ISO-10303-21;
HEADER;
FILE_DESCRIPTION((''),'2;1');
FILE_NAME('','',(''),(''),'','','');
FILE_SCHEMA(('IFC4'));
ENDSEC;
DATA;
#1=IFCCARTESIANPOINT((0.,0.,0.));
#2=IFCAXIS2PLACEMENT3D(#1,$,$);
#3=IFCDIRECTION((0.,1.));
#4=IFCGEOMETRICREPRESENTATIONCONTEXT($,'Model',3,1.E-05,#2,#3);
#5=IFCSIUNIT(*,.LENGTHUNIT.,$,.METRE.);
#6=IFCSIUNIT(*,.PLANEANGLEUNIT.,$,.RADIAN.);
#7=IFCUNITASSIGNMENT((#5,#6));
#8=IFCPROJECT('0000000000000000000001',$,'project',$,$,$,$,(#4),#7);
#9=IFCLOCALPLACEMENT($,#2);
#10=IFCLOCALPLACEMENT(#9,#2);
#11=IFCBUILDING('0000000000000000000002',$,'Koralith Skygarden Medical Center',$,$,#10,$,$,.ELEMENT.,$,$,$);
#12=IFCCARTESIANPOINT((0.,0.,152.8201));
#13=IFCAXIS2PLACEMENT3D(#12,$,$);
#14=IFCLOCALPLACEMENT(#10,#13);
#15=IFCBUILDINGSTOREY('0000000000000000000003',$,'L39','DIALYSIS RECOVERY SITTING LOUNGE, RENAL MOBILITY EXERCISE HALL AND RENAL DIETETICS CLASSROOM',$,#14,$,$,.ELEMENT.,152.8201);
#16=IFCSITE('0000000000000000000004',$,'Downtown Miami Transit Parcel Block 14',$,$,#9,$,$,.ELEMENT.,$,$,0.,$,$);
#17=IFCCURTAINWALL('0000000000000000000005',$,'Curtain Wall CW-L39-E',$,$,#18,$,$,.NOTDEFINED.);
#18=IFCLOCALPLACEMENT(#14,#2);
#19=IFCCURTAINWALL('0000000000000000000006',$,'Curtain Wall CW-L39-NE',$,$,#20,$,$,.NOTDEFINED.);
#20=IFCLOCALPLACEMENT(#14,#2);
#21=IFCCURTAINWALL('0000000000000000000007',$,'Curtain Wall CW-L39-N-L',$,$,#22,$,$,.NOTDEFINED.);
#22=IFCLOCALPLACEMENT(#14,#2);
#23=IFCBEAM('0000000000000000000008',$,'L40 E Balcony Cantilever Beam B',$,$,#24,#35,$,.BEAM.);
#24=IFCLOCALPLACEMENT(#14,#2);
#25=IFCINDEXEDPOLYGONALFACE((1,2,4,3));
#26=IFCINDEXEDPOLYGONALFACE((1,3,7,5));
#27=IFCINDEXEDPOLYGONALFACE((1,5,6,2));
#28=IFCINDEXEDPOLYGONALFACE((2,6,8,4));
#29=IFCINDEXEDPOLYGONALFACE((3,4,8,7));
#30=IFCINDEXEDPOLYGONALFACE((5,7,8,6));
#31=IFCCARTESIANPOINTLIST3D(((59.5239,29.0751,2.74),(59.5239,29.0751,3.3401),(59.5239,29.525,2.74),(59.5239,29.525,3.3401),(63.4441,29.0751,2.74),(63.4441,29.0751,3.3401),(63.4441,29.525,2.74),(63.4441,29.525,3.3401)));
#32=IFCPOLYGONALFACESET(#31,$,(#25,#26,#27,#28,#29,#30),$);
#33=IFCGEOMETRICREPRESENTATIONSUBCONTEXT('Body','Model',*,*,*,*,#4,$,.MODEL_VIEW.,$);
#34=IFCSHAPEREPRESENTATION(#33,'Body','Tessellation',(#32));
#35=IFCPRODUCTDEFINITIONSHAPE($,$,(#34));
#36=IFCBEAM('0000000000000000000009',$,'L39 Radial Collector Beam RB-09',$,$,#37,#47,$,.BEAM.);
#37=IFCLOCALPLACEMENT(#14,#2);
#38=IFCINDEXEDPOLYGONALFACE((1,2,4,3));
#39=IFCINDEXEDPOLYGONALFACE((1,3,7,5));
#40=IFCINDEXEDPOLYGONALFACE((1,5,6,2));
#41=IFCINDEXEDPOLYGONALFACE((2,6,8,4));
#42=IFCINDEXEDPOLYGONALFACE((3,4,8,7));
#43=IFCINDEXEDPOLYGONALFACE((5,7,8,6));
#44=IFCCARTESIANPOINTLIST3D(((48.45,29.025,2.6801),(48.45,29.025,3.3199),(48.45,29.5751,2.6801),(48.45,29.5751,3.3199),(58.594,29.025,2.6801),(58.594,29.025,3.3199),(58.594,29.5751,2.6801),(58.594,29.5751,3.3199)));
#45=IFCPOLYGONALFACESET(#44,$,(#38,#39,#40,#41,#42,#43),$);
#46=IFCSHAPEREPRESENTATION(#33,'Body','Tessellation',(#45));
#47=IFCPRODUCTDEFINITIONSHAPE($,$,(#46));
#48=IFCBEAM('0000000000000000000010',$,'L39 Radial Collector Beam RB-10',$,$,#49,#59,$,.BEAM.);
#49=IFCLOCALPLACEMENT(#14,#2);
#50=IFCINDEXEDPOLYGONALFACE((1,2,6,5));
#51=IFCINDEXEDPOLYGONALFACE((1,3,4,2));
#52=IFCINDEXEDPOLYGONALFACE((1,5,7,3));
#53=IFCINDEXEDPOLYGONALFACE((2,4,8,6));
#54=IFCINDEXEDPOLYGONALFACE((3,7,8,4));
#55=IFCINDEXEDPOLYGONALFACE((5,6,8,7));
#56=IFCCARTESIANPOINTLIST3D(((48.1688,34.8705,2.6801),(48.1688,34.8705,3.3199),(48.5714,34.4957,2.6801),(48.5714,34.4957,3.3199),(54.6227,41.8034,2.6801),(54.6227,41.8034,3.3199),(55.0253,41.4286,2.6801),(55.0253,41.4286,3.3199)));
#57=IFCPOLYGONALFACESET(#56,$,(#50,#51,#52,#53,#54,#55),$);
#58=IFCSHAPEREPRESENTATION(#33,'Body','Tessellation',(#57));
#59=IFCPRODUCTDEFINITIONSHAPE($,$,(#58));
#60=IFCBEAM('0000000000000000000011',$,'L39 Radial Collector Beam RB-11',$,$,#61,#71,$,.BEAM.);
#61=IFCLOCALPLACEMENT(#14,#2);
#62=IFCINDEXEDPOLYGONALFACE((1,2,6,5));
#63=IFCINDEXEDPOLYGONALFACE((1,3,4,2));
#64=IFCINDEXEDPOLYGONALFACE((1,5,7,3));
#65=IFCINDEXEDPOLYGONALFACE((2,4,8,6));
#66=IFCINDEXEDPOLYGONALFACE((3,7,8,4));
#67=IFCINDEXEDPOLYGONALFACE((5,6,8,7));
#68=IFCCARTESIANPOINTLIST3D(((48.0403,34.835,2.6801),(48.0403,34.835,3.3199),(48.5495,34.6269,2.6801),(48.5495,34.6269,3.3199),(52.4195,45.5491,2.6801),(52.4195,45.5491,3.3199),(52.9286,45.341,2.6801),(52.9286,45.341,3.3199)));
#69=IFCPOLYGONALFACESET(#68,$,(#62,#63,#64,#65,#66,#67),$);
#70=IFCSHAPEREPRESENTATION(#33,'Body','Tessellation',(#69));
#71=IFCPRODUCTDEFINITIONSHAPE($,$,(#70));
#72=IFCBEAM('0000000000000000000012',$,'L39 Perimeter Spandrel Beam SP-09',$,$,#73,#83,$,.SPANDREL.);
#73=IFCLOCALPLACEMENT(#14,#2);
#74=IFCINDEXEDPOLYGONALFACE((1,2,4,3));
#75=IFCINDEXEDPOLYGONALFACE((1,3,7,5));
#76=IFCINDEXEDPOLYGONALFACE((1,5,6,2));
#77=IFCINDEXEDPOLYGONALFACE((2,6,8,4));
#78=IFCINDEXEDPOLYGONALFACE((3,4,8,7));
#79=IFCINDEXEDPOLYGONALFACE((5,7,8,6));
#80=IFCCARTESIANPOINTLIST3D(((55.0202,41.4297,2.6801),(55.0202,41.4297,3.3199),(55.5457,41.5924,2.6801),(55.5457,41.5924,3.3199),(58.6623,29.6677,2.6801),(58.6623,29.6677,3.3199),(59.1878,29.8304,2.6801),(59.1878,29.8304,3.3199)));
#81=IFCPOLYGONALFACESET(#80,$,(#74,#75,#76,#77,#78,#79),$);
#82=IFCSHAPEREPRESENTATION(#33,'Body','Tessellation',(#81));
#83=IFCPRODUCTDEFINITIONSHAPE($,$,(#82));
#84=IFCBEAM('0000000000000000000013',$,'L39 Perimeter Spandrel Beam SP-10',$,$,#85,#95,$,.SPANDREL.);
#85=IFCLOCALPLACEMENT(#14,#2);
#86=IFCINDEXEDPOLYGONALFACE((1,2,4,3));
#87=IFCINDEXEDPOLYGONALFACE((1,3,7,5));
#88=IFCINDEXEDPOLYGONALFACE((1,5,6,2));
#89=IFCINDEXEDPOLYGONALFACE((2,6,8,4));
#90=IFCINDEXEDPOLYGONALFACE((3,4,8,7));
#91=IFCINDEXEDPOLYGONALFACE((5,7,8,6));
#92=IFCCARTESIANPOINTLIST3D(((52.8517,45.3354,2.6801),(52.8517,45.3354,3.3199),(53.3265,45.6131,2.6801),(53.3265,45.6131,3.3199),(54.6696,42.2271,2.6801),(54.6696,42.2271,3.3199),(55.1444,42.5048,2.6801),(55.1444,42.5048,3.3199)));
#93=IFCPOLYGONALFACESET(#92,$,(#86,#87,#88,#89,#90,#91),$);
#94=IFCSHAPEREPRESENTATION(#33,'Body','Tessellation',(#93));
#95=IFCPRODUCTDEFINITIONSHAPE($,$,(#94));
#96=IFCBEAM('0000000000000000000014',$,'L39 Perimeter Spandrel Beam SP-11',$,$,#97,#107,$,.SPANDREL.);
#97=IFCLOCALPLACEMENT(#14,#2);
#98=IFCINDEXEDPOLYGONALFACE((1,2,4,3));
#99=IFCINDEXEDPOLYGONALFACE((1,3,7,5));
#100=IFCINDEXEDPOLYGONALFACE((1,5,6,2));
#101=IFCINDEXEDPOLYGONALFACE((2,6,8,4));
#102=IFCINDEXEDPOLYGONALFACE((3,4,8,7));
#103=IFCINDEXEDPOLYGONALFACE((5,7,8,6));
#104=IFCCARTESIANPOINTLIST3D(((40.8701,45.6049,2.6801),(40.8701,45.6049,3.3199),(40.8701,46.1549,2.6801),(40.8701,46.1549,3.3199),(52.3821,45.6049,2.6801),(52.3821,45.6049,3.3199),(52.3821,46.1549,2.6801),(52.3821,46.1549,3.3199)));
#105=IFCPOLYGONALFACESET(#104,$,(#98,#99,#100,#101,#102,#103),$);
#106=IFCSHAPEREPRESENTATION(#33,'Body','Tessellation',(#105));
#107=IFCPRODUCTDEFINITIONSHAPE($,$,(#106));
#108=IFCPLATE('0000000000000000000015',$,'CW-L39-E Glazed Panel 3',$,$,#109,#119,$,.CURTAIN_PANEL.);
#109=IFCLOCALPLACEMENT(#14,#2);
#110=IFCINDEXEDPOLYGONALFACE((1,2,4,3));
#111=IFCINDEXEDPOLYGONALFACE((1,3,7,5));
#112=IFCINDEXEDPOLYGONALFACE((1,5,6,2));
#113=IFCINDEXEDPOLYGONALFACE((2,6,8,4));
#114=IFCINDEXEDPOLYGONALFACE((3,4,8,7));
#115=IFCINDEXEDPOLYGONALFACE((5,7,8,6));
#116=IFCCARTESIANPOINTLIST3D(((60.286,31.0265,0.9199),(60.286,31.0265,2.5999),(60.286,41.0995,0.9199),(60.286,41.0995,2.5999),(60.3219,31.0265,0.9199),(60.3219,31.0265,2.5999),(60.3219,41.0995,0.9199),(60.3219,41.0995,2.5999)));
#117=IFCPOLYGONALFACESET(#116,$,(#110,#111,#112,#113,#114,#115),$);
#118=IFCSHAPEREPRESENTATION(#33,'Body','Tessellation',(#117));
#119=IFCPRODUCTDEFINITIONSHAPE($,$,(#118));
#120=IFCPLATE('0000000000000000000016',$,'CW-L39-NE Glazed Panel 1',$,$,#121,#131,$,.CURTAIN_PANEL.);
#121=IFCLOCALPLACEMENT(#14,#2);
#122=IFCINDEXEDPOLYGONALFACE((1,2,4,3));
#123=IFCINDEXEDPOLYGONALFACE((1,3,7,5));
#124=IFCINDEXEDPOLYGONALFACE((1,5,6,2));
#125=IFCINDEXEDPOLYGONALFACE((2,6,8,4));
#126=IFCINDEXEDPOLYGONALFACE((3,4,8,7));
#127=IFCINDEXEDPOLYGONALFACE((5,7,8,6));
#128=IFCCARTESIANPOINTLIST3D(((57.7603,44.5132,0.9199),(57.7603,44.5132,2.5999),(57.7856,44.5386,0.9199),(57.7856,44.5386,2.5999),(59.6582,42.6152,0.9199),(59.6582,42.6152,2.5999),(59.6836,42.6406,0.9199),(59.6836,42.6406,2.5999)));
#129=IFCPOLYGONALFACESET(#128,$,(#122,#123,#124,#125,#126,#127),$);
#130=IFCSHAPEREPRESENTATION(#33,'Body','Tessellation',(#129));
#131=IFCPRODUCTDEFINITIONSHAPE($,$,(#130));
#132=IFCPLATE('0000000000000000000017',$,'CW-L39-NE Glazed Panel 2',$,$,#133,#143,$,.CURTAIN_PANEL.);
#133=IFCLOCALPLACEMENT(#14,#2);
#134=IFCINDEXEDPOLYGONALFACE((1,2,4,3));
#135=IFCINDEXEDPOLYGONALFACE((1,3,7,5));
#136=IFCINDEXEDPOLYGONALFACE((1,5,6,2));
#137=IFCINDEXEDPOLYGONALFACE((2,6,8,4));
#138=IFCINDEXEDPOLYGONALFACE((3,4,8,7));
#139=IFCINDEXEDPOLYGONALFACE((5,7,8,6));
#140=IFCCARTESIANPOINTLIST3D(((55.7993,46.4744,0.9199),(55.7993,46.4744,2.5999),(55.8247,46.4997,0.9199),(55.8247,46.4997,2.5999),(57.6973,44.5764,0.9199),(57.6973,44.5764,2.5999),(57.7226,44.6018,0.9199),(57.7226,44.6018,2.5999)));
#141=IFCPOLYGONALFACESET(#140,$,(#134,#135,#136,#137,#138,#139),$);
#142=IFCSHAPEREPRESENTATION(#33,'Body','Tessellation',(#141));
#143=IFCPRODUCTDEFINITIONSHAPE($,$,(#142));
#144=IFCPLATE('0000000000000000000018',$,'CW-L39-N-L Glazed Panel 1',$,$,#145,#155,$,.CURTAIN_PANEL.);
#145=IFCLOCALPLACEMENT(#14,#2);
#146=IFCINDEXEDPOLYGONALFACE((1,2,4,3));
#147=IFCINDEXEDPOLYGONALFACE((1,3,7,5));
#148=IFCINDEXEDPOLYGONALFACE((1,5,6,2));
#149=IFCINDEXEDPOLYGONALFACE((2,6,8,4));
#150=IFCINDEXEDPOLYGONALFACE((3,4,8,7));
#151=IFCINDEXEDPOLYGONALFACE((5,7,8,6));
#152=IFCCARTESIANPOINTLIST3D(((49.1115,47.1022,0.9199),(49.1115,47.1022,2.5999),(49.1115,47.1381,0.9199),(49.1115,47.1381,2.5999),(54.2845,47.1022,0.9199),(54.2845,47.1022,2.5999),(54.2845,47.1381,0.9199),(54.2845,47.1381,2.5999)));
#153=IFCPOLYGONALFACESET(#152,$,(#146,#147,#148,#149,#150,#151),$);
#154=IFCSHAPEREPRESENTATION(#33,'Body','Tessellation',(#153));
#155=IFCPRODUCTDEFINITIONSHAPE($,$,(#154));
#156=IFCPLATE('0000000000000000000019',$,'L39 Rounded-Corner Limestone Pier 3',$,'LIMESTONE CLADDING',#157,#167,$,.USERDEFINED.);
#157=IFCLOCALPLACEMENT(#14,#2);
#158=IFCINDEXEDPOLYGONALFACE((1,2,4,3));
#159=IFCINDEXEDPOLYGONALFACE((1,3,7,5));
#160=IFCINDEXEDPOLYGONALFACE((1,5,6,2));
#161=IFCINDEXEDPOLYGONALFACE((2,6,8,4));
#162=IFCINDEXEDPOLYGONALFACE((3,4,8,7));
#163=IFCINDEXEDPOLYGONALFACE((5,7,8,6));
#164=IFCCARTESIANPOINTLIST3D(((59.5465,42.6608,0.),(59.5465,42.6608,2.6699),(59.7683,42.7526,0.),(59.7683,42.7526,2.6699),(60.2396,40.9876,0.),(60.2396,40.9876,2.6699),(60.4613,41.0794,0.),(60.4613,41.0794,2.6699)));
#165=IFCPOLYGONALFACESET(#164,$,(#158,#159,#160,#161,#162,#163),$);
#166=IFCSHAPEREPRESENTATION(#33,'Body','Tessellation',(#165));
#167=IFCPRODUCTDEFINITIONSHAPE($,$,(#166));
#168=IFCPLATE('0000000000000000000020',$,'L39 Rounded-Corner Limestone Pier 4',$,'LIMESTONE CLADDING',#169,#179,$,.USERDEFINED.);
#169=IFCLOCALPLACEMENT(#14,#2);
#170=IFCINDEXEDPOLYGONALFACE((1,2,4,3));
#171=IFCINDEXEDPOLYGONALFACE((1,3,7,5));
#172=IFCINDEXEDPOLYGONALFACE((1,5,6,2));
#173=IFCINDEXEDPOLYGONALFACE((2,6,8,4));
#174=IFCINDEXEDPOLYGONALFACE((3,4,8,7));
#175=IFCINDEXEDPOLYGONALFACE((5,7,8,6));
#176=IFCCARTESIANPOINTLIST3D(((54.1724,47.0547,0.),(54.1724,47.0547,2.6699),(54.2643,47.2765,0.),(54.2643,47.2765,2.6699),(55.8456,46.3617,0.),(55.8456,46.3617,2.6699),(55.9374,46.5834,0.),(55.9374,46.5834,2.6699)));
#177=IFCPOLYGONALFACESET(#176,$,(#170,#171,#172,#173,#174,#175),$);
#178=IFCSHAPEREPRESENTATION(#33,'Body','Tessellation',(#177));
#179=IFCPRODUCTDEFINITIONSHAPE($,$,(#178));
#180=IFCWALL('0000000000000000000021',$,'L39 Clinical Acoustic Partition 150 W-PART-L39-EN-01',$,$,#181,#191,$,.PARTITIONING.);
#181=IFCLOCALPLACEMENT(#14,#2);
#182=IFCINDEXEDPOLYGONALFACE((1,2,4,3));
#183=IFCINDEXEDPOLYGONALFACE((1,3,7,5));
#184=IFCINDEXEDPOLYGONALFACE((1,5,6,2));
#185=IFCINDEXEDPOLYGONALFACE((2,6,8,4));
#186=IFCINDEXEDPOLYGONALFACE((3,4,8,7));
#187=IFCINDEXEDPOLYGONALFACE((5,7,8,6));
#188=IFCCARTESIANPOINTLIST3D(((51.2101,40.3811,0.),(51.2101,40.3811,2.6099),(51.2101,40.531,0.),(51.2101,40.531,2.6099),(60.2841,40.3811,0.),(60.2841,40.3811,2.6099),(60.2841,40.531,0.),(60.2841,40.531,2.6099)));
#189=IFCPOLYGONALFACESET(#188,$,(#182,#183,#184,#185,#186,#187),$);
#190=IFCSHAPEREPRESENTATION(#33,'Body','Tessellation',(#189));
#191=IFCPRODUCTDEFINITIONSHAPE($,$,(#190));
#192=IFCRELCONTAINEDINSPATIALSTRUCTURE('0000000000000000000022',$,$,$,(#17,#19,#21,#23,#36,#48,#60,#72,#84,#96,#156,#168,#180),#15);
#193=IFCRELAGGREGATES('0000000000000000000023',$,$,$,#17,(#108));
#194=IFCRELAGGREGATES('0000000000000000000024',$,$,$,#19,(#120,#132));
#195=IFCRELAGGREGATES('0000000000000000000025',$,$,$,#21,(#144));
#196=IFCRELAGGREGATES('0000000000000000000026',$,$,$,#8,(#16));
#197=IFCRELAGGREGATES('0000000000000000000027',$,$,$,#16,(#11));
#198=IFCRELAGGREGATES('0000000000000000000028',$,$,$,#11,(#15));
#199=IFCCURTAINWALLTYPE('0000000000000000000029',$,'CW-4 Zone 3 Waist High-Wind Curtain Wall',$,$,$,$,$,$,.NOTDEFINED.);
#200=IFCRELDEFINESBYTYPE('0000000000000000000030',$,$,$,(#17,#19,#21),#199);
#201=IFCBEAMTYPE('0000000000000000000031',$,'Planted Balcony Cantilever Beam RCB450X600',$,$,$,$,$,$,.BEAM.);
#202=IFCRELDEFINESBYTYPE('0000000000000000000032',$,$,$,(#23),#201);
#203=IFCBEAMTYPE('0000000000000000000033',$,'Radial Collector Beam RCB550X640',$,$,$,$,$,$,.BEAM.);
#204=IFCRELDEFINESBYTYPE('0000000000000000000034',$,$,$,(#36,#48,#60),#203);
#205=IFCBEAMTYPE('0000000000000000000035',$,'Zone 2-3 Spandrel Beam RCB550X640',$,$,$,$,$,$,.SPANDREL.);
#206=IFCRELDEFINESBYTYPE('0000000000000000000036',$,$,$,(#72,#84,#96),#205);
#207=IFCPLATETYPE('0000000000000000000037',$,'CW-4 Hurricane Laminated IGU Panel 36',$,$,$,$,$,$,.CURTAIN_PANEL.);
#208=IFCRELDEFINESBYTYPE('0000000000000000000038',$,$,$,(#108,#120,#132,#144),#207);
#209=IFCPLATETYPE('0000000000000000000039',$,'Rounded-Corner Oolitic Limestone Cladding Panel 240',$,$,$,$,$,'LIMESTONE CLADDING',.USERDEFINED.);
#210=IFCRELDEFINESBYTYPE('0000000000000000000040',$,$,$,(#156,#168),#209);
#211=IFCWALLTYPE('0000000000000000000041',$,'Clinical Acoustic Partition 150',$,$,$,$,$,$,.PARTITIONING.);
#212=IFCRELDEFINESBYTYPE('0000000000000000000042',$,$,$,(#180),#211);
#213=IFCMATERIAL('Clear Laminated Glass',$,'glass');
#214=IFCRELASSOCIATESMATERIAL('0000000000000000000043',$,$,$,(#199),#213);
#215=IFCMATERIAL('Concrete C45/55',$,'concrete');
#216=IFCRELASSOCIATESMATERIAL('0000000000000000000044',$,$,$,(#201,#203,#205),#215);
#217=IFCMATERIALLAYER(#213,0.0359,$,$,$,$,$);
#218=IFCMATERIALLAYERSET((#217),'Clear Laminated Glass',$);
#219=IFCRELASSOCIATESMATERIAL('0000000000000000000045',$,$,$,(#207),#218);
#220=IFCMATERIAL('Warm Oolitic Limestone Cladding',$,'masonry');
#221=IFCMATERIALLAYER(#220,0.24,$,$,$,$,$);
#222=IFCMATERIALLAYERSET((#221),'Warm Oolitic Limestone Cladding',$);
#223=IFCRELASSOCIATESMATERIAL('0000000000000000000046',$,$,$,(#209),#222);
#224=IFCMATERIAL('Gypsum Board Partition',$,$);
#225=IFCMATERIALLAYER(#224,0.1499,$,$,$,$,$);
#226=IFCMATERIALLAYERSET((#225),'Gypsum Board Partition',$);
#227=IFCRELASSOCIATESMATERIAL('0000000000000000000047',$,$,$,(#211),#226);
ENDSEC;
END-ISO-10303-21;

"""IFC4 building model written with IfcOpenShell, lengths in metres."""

from ifc_helpers import new_model, si_unit, direction, frame, frame_2d, origin, origin_2d, place, context, subcontext, project, spatial, rectangle, extrude, material, layer, layer_set, material_profile, profile_set, type_object, element, aggregate, save


model = new_model("IFC4")

# Units and contexts
model_context = context("Model", 3, precision=1e-05, world=origin(), true_north=direction((0.0, 1.0)))
body_context = subcontext(model_context, "Body", "Model", "MODEL_VIEW")
ifc_project = project(units=[si_unit("LENGTHUNIT", "METRE"), si_unit("PLANEANGLEUNIT", "RADIAN")], contexts=[model_context])

# Site, building, storey
site_placement = place(None, origin())
site = spatial("IfcSite", under=ifc_project, at=site_placement, Name="Downtown Miami Transit Parcel Block 14", CompositionType="ELEMENT", RefElevation=0.0)
building_placement = place(site_placement, origin())
building = spatial("IfcBuilding", under=site, at=building_placement, Name="Koralith Skygarden Medical Center", CompositionType="ELEMENT")
storey_placement = place(building_placement, frame((0.0, 0.0, 152.8201)))
storey = spatial("IfcBuildingStorey", under=building, at=storey_placement, Name="L39", Description="DIALYSIS RECOVERY SITTING LOUNGE, RENAL MOBILITY EXERCISE HALL AND RENAL DIETETICS CLASSROOM", CompositionType="ELEMENT", Elevation=152.8201)

# Curtain walls
ifc_material_1 = material(Name="Clear Laminated Glass", Category="glass")
curtain_wall_type = type_object("IfcCurtainWallType", Name="CW-4 Zone 3 Waist High-Wind Curtain Wall", PredefinedType="NOTDEFINED", material=ifc_material_1)
curtain_wall_1_placement = place(storey_placement, origin())
curtain_wall_1 = element("IfcCurtainWall", 1, at=curtain_wall_1_placement, inside=storey, type_object=curtain_wall_type, Name="Curtain Wall CW-L39-E", PredefinedType="NOTDEFINED")
curtain_wall_2_placement = place(storey_placement, origin())
curtain_wall_2 = element("IfcCurtainWall", 2, at=curtain_wall_2_placement, inside=storey, type_object=curtain_wall_type, Name="Curtain Wall CW-L39-NE", PredefinedType="NOTDEFINED")
curtain_wall_3_placement = place(storey_placement, origin())
curtain_wall_3 = element("IfcCurtainWall", 3, at=curtain_wall_3_placement, inside=storey, type_object=curtain_wall_type, Name="Curtain Wall CW-L39-N-L", PredefinedType="NOTDEFINED")

# Beams
ifc_material_2 = material(Name="Concrete C45/55", Category="concrete")
ifc_material_profile_1 = material_profile(ifc_material_2, rectangle(XDim=0.45, YDim=0.6001, at=origin_2d()), Name="RCB450X600")
ifc_profile_set_1 = profile_set([ifc_material_profile_1], Name="Concrete C45/55")
beam_type_1 = type_object("IfcBeamType", Name="Planted Balcony Cantilever Beam RCB450X600", PredefinedType="BEAM", material=ifc_profile_set_1)
beam_1_placement = place(storey_placement, frame((59.5239, 29.3, 3.04), z_axis=(1.0, 0.0, 0.0), x_axis=(0.0, 1.0, 0.0)))
element("IfcBeam", 4, at=beam_1_placement, inside=storey, type_object=beam_type_1, Name="L40 E Balcony Cantilever Beam B", PredefinedType="BEAM", context=body_context, shape_type="SweptSolid", body=[
    extrude(rectangle(XDim=0.45, YDim=0.6001, at=origin_2d()), origin(), (0.0, 0.0, 1.0), 3.9202),
])
ifc_material_profile_2 = material_profile(ifc_material_2, rectangle(XDim=0.55, YDim=0.6399, at=origin_2d()), Name="RCB550X640")
ifc_profile_set_2 = profile_set([ifc_material_profile_2], Name="Concrete C45/55")
beam_type_2 = type_object("IfcBeamType", Name="Radial Collector Beam RCB550X640", PredefinedType="BEAM", material=ifc_profile_set_2)
beam_2_placement = place(storey_placement, frame((48.45, 29.3, 3.0), z_axis=(1.0, 0.0, 0.0), x_axis=(0.0, 1.0, 0.0)))
element("IfcBeam", 5, at=beam_2_placement, inside=storey, type_object=beam_type_2, Name="L39 Radial Collector Beam RB-09", PredefinedType="BEAM", context=body_context, shape_type="SweptSolid", body=[
    extrude(rectangle(XDim=0.55, YDim=0.6399, at=origin_2d()), origin(), (0.0, 0.0, 1.0), 10.144),
])
beam_3_placement = place(storey_placement, frame((48.3701, 34.6831, 3.0), z_axis=(0.681369, 0.73194, 0.0), x_axis=(-0.73194, 0.681369, 0.0)))
element("IfcBeam", 6, at=beam_3_placement, inside=storey, type_object=beam_type_2, Name="L39 Radial Collector Beam RB-10", PredefinedType="BEAM", context=body_context, shape_type="SweptSolid", body=[
    extrude(rectangle(XDim=0.55, YDim=0.6399, at=origin_2d()), origin(), (0.0, 0.0, 1.0), 9.4719),
])
beam_4_placement = place(storey_placement, frame((48.2949, 34.731, 3.0), z_axis=(0.378345, 0.925665, 0.0), x_axis=(-0.925665, 0.378345, 0.0)))
element("IfcBeam", 7, at=beam_4_placement, inside=storey, type_object=beam_type_2, Name="L39 Radial Collector Beam RB-11", PredefinedType="BEAM", context=body_context, shape_type="SweptSolid", body=[
    extrude(rectangle(XDim=0.55, YDim=0.6399, at=origin_2d()), origin(), (0.0, 0.0, 1.0), 11.5745),
])
ifc_material_profile_3 = material_profile(ifc_material_2, rectangle(XDim=0.55, YDim=0.6399, at=origin_2d()), Name="RCB550X640")
ifc_profile_set_3 = profile_set([ifc_material_profile_3], Name="Concrete C45/55")
beam_type_3 = type_object("IfcBeamType", Name="Zone 2-3 Spandrel Beam RCB550X640", PredefinedType="SPANDREL", material=ifc_profile_set_3)
beam_5_placement = place(storey_placement, frame((58.925, 29.749, 3.0), z_axis=(-0.295794, 0.955252, 0.0), x_axis=(-0.955252, -0.295794, 0.0)))
element("IfcBeam", 8, at=beam_5_placement, inside=storey, type_object=beam_type_3, Name="L39 Perimeter Spandrel Beam SP-09", PredefinedType="SPANDREL", context=body_context, shape_type="SweptSolid", body=[
    extrude(rectangle(XDim=0.55, YDim=0.6399, at=origin_2d()), origin(), (0.0, 0.0, 1.0), 12.313),
])
beam_6_placement = place(storey_placement, frame((54.907, 42.366, 3.0), z_axis=(-0.504861, 0.8632, 0.0), x_axis=(-0.8632, -0.504861, 0.0)))
element("IfcBeam", 9, at=beam_6_placement, inside=storey, type_object=beam_type_3, Name="L39 Perimeter Spandrel Beam SP-10", PredefinedType="SPANDREL", context=body_context, shape_type="SweptSolid", body=[
    extrude(rectangle(XDim=0.55, YDim=0.6399, at=origin_2d()), origin(), (0.0, 0.0, 1.0), 3.6008),
])
beam_7_placement = place(storey_placement, frame((52.3821, 45.8799, 3.0), z_axis=(-1.0, 0.0, 0.0), x_axis=(0.0, -1.0, 0.0)))
element("IfcBeam", 10, at=beam_7_placement, inside=storey, type_object=beam_type_3, Name="L39 Perimeter Spandrel Beam SP-11", PredefinedType="SPANDREL", context=body_context, shape_type="SweptSolid", body=[
    extrude(rectangle(XDim=0.55, YDim=0.6399, at=origin_2d()), origin(), (0.0, 0.0, 1.0), 11.512),
])

# Plates
ifc_layer_1 = layer(ifc_material_1, 0.0359)
ifc_layer_set_1 = layer_set([ifc_layer_1], Name="Clear Laminated Glass")
plate_type_1 = type_object("IfcPlateType", Name="CW-4 Hurricane Laminated IGU Panel 36", PredefinedType="CURTAIN_PANEL", material=ifc_layer_set_1)
plate_1_placement = place(storey_placement, frame((60.304, 36.063, 0.9199), z_axis=(0.0, 0.0, 1.0), x_axis=(0.0, 1.0, 0.0)))
plate_1 = element("IfcPlate", 11, at=plate_1_placement, type_object=plate_type_1, Name="CW-L39-E Glazed Panel 3", PredefinedType="CURTAIN_PANEL", context=body_context, shape_type="SweptSolid", body=[
    extrude(rectangle(XDim=10.073, YDim=0.0359, at=origin_2d()), origin(), (0.0, 0.0, 1.0), 1.6799),
])
aggregate(curtain_wall_1, [plate_1])
plate_2_placement = place(storey_placement, frame((58.7219, 43.5769, 0.9199), z_axis=(0.0, 0.0, 1.0), x_axis=(-0.707107, 0.707107, 0.0)))
plate_2 = element("IfcPlate", 12, at=plate_2_placement, type_object=plate_type_1, Name="CW-L39-NE Glazed Panel 1", PredefinedType="CURTAIN_PANEL", context=body_context, shape_type="SweptSolid", body=[
    extrude(rectangle(XDim=2.6841, YDim=0.0359, at=origin_2d()), origin(), (0.0, 0.0, 1.0), 1.6799),
])
plate_3_placement = place(storey_placement, frame((56.761, 45.5381, 0.9199), z_axis=(0.0, 0.0, 1.0), x_axis=(-0.707107, 0.707107, 0.0)))
plate_3 = element("IfcPlate", 13, at=plate_3_placement, type_object=plate_type_1, Name="CW-L39-NE Glazed Panel 2", PredefinedType="CURTAIN_PANEL", context=body_context, shape_type="SweptSolid", body=[
    extrude(rectangle(XDim=2.6841, YDim=0.0359, at=origin_2d()), origin(), (0.0, 0.0, 1.0), 1.6799),
])
aggregate(curtain_wall_2, [plate_2, plate_3])
plate_4_placement = place(storey_placement, frame((51.698, 47.1201, 0.9199), z_axis=(0.0, 0.0, 1.0), x_axis=(-1.0, 0.0, 0.0)))
plate_4 = element("IfcPlate", 14, at=plate_4_placement, type_object=plate_type_1, Name="CW-L39-N-L Glazed Panel 1", PredefinedType="CURTAIN_PANEL", context=body_context, shape_type="SweptSolid", body=[
    extrude(rectangle(XDim=5.1731, YDim=0.0359, at=origin_2d()), origin(), (0.0, 0.0, 1.0), 1.6799),
])
aggregate(curtain_wall_3, [plate_4])

# Plates
ifc_material_3 = material(Name="Warm Oolitic Limestone Cladding", Category="masonry")
ifc_layer_2 = layer(ifc_material_3, 0.24)
ifc_layer_set_2 = layer_set([ifc_layer_2], Name="Warm Oolitic Limestone Cladding")
plate_type_2 = type_object("IfcPlateType", Name="Rounded-Corner Oolitic Limestone Cladding Panel 240", ElementType="LIMESTONE CLADDING", PredefinedType="USERDEFINED", material=ifc_layer_set_2)
for number, where, z_axis, x_axis, name in (
    (15, (60.0039, 41.8701, 0.0), (0.0, 0.0, 1.0), (-0.382671, 0.923885, 0.0), "L39 Rounded-Corner Limestone Pier 3"),
    (16, (55.0549, 46.8191, 0.0), (0.0, 0.0, 1.0), (-0.923885, 0.382671, 0.0), "L39 Rounded-Corner Limestone Pier 4"),
):
    element("IfcPlate", number, at=place(storey_placement, frame(where, z_axis=z_axis, x_axis=x_axis)), inside=storey, type_object=plate_type_2, Name=name, ObjectType="LIMESTONE CLADDING", PredefinedType="USERDEFINED", context=body_context, shape_type="SweptSolid", body=[
        extrude(rectangle(XDim=1.811, YDim=0.24, at=origin_2d()), origin(), (0.0, 0.0, 1.0), 2.6699),
    ])

# Wall
ifc_material_4 = material(Name="Gypsum Board Partition")
ifc_layer_3 = layer(ifc_material_4, 0.1499)
ifc_layer_set_3 = layer_set([ifc_layer_3], Name="Gypsum Board Partition")
wall_type_1 = type_object("IfcWallType", Name="Clinical Acoustic Partition 150", PredefinedType="PARTITIONING", material=ifc_layer_set_3)
wall_1_placement = place(storey_placement, frame((51.21, 40.4561, 0.0), z_axis=(0.0, 0.0, 1.0), x_axis=(1.0, 0.0, 0.0)))
element("IfcWall", 17, at=wall_1_placement, inside=storey, type_object=wall_type_1, Name="L39 Clinical Acoustic Partition 150 W-PART-L39-EN-01", PredefinedType="PARTITIONING", context=body_context, shape_type="SweptSolid", body=[
    extrude(rectangle(XDim=9.074, YDim=0.1499, at=frame_2d((4.5371, 0.0))), origin(), (0.0, 0.0, 1.0), 2.6099),
])

save(model, "model.ifc")
